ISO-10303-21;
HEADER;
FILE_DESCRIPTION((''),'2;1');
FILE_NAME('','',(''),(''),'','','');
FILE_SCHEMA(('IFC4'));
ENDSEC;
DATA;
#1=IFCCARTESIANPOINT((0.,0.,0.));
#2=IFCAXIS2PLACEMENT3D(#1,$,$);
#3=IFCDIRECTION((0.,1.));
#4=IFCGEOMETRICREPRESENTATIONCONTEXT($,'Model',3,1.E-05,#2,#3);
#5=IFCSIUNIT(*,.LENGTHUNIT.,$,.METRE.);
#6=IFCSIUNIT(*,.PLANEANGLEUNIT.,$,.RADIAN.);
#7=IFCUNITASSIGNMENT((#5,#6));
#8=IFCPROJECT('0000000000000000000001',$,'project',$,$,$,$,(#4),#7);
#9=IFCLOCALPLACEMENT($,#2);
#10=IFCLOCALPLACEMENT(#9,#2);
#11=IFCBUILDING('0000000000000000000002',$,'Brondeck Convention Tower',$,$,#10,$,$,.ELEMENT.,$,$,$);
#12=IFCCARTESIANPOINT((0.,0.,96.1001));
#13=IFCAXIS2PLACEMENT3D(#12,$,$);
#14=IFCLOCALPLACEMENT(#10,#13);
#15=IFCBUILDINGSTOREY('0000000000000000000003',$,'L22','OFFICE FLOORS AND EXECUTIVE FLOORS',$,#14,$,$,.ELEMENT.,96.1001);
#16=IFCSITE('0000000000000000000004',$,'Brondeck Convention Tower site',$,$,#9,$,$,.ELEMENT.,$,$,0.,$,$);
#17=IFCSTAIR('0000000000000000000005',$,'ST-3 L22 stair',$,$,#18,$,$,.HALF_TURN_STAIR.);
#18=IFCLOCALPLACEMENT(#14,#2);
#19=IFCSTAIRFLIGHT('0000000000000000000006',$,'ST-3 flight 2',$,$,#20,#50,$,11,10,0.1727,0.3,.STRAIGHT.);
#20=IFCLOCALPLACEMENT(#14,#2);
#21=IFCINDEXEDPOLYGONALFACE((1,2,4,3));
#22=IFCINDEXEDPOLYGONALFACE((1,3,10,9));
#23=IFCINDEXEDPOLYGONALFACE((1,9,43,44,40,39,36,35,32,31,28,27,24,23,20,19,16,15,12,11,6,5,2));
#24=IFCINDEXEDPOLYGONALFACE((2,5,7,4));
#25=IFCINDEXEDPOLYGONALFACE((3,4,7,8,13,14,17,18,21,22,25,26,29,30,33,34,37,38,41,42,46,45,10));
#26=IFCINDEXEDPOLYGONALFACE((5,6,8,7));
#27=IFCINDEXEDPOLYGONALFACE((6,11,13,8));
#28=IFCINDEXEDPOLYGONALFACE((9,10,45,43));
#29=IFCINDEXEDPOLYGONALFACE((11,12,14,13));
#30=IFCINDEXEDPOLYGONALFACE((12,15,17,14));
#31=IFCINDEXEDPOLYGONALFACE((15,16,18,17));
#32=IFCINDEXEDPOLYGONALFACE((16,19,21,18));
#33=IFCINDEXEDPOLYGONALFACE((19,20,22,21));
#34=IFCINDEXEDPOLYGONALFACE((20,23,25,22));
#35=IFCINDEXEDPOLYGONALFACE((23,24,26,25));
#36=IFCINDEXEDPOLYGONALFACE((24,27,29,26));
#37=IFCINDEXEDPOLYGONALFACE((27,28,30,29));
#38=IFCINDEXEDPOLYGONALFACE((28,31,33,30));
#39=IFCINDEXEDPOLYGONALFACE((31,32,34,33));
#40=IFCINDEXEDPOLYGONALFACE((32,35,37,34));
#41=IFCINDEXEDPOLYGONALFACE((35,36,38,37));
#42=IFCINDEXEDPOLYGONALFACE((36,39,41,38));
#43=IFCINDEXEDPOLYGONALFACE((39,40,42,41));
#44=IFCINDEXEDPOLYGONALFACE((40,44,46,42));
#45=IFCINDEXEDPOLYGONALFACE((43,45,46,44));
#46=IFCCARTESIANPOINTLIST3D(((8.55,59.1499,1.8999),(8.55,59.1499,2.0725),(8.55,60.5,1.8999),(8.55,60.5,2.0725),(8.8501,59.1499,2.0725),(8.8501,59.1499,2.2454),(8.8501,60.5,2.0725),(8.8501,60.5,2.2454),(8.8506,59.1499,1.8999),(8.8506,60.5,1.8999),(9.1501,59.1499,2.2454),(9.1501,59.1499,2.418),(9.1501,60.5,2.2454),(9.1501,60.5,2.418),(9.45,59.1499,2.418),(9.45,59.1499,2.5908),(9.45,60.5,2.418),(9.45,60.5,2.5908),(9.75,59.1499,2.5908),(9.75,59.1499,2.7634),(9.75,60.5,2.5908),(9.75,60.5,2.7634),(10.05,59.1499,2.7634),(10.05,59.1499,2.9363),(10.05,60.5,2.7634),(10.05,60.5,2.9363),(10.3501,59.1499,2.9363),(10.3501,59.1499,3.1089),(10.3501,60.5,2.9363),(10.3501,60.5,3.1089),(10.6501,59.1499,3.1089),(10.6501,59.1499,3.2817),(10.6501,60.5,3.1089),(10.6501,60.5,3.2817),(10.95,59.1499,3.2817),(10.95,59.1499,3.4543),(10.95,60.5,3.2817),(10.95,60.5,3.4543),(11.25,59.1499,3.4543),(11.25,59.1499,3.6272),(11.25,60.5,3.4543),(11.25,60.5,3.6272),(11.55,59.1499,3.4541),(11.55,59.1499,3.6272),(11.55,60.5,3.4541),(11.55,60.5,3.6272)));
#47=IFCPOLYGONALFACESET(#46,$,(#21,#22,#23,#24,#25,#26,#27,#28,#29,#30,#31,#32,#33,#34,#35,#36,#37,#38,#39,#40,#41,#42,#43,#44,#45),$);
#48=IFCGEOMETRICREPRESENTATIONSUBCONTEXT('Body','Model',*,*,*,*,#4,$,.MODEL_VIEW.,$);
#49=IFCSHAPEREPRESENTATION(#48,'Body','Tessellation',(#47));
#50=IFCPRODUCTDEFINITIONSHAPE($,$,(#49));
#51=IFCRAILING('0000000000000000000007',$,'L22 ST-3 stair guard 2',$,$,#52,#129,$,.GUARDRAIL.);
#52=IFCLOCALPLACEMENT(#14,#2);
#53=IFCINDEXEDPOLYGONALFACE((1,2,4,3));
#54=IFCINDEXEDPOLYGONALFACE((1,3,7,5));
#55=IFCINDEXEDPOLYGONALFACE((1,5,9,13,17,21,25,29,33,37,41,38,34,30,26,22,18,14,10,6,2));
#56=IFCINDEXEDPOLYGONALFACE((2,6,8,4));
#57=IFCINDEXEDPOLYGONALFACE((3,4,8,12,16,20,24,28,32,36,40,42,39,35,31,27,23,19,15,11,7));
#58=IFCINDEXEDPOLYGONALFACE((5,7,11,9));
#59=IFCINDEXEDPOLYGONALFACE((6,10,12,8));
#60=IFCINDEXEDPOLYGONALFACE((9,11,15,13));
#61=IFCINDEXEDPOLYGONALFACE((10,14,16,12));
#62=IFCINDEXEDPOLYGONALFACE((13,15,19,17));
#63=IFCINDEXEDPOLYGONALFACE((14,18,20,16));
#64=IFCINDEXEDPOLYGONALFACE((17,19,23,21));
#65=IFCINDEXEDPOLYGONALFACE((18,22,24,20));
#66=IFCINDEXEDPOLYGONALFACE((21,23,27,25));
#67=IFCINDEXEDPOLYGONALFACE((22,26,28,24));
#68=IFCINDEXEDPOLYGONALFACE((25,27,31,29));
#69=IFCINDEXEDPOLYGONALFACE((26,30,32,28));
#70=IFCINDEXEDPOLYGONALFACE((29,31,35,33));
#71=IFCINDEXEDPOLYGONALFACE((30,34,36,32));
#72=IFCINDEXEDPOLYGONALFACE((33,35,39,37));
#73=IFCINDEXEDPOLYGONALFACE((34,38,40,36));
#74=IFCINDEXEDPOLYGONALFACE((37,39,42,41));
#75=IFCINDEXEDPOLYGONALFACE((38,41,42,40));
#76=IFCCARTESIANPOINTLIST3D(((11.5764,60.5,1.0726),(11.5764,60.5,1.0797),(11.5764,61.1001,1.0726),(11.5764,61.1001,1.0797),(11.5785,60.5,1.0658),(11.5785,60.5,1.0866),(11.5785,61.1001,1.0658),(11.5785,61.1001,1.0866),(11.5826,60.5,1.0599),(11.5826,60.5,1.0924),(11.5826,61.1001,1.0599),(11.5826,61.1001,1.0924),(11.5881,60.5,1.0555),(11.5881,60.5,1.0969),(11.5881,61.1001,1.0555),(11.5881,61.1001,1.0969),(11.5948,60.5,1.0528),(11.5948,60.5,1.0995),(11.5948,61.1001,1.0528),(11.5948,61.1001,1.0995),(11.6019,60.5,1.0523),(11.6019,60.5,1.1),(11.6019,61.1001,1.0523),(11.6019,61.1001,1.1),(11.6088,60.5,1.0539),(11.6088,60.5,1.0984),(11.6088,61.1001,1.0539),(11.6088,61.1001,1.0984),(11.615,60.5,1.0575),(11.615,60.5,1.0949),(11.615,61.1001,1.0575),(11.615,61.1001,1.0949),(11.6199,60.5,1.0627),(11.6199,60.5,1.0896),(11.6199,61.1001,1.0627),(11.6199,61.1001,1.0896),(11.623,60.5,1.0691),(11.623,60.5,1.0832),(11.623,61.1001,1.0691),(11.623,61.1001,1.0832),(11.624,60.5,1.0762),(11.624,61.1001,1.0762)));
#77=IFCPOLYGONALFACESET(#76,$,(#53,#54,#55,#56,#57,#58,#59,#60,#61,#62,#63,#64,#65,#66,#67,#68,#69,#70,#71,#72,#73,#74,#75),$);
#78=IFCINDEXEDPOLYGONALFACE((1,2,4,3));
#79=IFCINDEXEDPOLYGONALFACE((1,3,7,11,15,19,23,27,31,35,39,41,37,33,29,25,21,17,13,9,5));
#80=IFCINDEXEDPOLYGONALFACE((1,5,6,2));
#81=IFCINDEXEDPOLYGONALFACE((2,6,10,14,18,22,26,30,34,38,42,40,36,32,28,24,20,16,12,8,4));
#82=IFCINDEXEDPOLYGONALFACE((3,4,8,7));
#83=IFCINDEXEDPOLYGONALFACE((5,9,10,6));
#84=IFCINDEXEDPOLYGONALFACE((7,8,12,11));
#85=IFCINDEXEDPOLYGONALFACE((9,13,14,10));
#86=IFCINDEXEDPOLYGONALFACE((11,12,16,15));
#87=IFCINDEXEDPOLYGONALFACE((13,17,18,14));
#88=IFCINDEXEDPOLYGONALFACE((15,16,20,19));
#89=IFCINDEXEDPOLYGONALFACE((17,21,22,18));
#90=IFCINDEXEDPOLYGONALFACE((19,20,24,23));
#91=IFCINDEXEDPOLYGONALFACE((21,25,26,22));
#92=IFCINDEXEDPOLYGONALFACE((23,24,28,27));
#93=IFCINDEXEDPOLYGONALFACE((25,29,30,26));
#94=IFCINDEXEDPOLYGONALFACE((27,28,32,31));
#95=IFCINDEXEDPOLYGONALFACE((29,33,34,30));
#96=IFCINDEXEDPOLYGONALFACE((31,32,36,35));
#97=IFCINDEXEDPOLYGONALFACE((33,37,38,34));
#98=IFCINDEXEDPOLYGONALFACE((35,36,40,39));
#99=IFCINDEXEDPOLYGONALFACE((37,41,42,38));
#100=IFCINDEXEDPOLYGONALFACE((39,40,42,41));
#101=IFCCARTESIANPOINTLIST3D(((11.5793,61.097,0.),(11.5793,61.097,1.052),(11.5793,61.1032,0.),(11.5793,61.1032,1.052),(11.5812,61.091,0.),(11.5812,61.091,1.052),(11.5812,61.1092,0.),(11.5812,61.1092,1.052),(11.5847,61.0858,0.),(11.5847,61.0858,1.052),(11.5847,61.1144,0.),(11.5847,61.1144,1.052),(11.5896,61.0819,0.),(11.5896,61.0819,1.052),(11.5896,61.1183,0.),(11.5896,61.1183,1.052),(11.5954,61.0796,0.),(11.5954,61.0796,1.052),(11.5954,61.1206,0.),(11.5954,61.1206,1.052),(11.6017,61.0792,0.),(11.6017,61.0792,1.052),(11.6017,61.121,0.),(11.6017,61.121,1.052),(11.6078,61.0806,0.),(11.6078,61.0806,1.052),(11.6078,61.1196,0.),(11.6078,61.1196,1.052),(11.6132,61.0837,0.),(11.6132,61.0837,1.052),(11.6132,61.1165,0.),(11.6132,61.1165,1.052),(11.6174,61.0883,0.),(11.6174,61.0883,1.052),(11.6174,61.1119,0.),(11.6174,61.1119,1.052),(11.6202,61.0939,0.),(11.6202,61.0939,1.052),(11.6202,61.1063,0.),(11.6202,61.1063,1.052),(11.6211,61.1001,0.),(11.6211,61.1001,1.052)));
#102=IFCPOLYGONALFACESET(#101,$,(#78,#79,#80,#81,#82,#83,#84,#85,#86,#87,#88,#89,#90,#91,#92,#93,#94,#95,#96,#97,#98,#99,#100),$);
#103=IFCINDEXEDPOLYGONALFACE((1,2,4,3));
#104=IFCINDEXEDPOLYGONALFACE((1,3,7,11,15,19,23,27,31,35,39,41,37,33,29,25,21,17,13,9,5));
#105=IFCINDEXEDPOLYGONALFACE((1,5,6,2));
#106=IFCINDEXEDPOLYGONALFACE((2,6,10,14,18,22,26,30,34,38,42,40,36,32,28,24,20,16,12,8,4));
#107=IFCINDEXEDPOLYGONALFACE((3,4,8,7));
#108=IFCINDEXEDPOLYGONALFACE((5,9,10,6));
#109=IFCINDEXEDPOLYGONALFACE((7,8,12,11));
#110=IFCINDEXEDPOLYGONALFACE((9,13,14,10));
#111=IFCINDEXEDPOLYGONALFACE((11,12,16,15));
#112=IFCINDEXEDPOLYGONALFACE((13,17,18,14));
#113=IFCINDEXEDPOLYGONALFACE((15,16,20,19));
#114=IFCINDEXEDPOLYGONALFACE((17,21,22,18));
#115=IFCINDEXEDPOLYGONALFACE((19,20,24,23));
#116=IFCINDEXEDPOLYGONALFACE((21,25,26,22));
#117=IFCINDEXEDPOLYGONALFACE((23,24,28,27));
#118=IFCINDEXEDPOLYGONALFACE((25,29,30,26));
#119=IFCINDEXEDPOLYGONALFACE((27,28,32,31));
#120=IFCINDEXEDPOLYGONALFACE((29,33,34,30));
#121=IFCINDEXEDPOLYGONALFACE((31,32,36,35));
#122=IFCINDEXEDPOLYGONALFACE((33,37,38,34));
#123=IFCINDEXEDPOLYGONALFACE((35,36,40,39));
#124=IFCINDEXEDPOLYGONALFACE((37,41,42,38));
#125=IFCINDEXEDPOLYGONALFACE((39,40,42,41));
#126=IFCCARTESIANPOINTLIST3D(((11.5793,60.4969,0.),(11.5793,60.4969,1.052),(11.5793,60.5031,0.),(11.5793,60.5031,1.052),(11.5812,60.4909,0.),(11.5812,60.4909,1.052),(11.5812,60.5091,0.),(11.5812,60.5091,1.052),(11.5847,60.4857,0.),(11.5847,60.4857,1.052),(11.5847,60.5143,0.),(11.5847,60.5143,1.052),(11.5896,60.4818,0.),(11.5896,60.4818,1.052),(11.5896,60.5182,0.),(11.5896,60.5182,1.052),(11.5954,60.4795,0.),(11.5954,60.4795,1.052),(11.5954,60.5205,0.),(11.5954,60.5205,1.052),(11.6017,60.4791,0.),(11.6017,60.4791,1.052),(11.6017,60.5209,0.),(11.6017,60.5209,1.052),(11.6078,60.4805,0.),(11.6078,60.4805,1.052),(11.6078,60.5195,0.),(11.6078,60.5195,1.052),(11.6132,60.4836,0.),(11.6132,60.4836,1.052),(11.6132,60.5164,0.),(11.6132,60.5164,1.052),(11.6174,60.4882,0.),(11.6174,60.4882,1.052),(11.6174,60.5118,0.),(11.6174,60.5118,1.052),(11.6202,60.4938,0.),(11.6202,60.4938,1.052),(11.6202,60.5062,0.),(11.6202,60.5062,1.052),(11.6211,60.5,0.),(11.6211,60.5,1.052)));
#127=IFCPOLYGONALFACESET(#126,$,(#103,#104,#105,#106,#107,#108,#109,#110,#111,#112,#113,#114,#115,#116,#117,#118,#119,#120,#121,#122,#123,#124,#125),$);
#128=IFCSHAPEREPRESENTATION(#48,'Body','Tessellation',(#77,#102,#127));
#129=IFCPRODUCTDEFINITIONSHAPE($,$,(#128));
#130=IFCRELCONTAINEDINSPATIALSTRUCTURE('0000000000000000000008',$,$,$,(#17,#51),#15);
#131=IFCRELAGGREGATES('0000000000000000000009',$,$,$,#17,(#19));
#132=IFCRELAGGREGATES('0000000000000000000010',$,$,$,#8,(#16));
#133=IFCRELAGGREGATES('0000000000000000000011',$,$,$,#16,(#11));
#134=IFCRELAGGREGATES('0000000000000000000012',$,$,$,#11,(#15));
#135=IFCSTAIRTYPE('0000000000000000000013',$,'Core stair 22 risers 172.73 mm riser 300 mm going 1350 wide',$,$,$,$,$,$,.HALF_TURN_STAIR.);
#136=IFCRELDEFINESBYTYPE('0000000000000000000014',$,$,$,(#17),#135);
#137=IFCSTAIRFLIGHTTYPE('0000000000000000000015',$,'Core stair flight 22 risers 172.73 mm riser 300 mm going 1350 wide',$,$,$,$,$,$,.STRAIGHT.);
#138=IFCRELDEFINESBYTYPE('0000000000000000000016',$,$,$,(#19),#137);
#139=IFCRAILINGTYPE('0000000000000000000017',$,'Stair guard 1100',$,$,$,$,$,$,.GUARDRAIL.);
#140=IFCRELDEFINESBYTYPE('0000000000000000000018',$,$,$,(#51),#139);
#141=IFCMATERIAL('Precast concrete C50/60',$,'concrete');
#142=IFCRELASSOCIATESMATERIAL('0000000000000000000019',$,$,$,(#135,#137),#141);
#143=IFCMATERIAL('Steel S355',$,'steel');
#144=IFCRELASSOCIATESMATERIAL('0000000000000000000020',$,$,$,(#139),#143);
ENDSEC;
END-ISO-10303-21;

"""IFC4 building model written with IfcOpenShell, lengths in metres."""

from ifc_helpers import new_model, si_unit, direction, frame, origin, origin_2d, place, context, subcontext, project, spatial, polyline, circle, outline, extrude, material, type_object, element, aggregate, save


model = new_model("IFC4")

# Units and contexts
model_context = context("Model", 3, precision=1e-05, world=origin(), true_north=direction((0.0, 1.0)))
body_context = subcontext(model_context, "Body", "Model", "MODEL_VIEW")
ifc_project = project(units=[si_unit("LENGTHUNIT", "METRE"), si_unit("PLANEANGLEUNIT", "RADIAN")], contexts=[model_context])

# Site, building, storey
site_placement = place(None, origin())
site = spatial("IfcSite", under=ifc_project, at=site_placement, Name="Brondeck Convention Tower site", CompositionType="ELEMENT", RefElevation=0.0)
building_placement = place(site_placement, origin())
building = spatial("IfcBuilding", under=site, at=building_placement, Name="Brondeck Convention Tower", CompositionType="ELEMENT")
storey_placement = place(building_placement, frame((0.0, 0.0, 96.1001)))
storey = spatial("IfcBuildingStorey", under=building, at=storey_placement, Name="L22", Description="OFFICE FLOORS AND EXECUTIVE FLOORS", CompositionType="ELEMENT", Elevation=96.1001)

# Shared definitions
ifc_material_1 = material(Name="Precast concrete C50/60", Category="concrete")
stair_type = type_object("IfcStairType", Name="Core stair 22 risers 172.73 mm riser 300 mm going 1350 wide", PredefinedType="HALF_TURN_STAIR", material=ifc_material_1)
stair_flight_type = type_object("IfcStairFlightType", Name="Core stair flight 22 risers 172.73 mm riser 300 mm going 1350 wide", PredefinedType="STRAIGHT", material=ifc_material_1)

# Stair, stair flight
stair_1_placement = place(storey_placement, origin())
stair_1 = element("IfcStair", 1, at=stair_1_placement, inside=storey, type_object=stair_type, Name="ST-3 L22 stair", PredefinedType="HALF_TURN_STAIR")
stair_flight_1_placement = place(storey_placement, frame((8.55, 59.825, 1.8999), z_axis=(0.0, 0.0, 1.0), x_axis=(1.0, 0.0, 0.0)))
stair_flight_1 = element("IfcStairFlight", 2, at=stair_flight_1_placement, type_object=stair_flight_type, Name="ST-3 flight 2", NumberOfRisers=11, NumberOfTreads=10, PredefinedType="STRAIGHT", RiserHeight=0.1727, TreadLength=0.3, context=body_context, shape_type="SweptSolid", body=[
    extrude(outline(polyline([(0.0, 0.0), (0.0, 0.1726), (0.3, 0.1726), (0.3, 0.3455), (0.6001, 0.3455), (0.6001, 0.5181), (0.8999, 0.5181), (0.8999, 0.6909), (1.2, 0.6909), (1.2, 0.8635), (1.5, 0.8635), (1.5, 1.0364), (1.8, 1.0364), (1.8, 1.209), (2.1001, 1.209), (2.1001, 1.3818), (2.3999, 1.3818), (2.3999, 1.5544), (2.7, 1.5544), (2.7, 1.7273), (3.0, 1.7273), (3.0, 1.8999), (3.0, 1.5542), (0.3005, 0.0), (0.0, 0.0)])), frame((0.0, 0.675, 0.0), z_axis=(0.0, -1.0, 0.0), x_axis=(1.0, 0.0, 0.0)), (0.0, 0.0, 1.0), 1.3501),
])
aggregate(stair_1, [stair_flight_1])

# Railing
ifc_material_2 = material(Name="Steel S355", Category="steel")
railing_type_1 = type_object("IfcRailingType", Name="Stair guard 1100", PredefinedType="GUARDRAIL", material=ifc_material_2)
railing_1_placement = place(storey_placement, frame((11.6001, 61.1001, 0.0)))
element("IfcRailing", 3, at=railing_1_placement, inside=storey, type_object=railing_type_1, Name="L22 ST-3 stair guard 2", PredefinedType="GUARDRAIL", context=body_context, shape_type="SweptSolid", body=[
    extrude(circle(Radius=0.0239, at=origin_2d()), frame((0.0, 0.0, 1.0762), z_axis=(0.0, -1.0, 0.0), x_axis=(1.0, 0.0, 0.0)), (0.0, 0.0, 1.0), 0.6001),
    extrude(circle(Radius=0.021, at=origin_2d()), origin(), (0.0, 0.0, 1.0), 1.052),
    extrude(circle(Radius=0.021, at=origin_2d()), frame((0.0, -0.6001, 0.0)), (0.0, 0.0, 1.0), 1.052),
])

save(model, "model.ifc")
